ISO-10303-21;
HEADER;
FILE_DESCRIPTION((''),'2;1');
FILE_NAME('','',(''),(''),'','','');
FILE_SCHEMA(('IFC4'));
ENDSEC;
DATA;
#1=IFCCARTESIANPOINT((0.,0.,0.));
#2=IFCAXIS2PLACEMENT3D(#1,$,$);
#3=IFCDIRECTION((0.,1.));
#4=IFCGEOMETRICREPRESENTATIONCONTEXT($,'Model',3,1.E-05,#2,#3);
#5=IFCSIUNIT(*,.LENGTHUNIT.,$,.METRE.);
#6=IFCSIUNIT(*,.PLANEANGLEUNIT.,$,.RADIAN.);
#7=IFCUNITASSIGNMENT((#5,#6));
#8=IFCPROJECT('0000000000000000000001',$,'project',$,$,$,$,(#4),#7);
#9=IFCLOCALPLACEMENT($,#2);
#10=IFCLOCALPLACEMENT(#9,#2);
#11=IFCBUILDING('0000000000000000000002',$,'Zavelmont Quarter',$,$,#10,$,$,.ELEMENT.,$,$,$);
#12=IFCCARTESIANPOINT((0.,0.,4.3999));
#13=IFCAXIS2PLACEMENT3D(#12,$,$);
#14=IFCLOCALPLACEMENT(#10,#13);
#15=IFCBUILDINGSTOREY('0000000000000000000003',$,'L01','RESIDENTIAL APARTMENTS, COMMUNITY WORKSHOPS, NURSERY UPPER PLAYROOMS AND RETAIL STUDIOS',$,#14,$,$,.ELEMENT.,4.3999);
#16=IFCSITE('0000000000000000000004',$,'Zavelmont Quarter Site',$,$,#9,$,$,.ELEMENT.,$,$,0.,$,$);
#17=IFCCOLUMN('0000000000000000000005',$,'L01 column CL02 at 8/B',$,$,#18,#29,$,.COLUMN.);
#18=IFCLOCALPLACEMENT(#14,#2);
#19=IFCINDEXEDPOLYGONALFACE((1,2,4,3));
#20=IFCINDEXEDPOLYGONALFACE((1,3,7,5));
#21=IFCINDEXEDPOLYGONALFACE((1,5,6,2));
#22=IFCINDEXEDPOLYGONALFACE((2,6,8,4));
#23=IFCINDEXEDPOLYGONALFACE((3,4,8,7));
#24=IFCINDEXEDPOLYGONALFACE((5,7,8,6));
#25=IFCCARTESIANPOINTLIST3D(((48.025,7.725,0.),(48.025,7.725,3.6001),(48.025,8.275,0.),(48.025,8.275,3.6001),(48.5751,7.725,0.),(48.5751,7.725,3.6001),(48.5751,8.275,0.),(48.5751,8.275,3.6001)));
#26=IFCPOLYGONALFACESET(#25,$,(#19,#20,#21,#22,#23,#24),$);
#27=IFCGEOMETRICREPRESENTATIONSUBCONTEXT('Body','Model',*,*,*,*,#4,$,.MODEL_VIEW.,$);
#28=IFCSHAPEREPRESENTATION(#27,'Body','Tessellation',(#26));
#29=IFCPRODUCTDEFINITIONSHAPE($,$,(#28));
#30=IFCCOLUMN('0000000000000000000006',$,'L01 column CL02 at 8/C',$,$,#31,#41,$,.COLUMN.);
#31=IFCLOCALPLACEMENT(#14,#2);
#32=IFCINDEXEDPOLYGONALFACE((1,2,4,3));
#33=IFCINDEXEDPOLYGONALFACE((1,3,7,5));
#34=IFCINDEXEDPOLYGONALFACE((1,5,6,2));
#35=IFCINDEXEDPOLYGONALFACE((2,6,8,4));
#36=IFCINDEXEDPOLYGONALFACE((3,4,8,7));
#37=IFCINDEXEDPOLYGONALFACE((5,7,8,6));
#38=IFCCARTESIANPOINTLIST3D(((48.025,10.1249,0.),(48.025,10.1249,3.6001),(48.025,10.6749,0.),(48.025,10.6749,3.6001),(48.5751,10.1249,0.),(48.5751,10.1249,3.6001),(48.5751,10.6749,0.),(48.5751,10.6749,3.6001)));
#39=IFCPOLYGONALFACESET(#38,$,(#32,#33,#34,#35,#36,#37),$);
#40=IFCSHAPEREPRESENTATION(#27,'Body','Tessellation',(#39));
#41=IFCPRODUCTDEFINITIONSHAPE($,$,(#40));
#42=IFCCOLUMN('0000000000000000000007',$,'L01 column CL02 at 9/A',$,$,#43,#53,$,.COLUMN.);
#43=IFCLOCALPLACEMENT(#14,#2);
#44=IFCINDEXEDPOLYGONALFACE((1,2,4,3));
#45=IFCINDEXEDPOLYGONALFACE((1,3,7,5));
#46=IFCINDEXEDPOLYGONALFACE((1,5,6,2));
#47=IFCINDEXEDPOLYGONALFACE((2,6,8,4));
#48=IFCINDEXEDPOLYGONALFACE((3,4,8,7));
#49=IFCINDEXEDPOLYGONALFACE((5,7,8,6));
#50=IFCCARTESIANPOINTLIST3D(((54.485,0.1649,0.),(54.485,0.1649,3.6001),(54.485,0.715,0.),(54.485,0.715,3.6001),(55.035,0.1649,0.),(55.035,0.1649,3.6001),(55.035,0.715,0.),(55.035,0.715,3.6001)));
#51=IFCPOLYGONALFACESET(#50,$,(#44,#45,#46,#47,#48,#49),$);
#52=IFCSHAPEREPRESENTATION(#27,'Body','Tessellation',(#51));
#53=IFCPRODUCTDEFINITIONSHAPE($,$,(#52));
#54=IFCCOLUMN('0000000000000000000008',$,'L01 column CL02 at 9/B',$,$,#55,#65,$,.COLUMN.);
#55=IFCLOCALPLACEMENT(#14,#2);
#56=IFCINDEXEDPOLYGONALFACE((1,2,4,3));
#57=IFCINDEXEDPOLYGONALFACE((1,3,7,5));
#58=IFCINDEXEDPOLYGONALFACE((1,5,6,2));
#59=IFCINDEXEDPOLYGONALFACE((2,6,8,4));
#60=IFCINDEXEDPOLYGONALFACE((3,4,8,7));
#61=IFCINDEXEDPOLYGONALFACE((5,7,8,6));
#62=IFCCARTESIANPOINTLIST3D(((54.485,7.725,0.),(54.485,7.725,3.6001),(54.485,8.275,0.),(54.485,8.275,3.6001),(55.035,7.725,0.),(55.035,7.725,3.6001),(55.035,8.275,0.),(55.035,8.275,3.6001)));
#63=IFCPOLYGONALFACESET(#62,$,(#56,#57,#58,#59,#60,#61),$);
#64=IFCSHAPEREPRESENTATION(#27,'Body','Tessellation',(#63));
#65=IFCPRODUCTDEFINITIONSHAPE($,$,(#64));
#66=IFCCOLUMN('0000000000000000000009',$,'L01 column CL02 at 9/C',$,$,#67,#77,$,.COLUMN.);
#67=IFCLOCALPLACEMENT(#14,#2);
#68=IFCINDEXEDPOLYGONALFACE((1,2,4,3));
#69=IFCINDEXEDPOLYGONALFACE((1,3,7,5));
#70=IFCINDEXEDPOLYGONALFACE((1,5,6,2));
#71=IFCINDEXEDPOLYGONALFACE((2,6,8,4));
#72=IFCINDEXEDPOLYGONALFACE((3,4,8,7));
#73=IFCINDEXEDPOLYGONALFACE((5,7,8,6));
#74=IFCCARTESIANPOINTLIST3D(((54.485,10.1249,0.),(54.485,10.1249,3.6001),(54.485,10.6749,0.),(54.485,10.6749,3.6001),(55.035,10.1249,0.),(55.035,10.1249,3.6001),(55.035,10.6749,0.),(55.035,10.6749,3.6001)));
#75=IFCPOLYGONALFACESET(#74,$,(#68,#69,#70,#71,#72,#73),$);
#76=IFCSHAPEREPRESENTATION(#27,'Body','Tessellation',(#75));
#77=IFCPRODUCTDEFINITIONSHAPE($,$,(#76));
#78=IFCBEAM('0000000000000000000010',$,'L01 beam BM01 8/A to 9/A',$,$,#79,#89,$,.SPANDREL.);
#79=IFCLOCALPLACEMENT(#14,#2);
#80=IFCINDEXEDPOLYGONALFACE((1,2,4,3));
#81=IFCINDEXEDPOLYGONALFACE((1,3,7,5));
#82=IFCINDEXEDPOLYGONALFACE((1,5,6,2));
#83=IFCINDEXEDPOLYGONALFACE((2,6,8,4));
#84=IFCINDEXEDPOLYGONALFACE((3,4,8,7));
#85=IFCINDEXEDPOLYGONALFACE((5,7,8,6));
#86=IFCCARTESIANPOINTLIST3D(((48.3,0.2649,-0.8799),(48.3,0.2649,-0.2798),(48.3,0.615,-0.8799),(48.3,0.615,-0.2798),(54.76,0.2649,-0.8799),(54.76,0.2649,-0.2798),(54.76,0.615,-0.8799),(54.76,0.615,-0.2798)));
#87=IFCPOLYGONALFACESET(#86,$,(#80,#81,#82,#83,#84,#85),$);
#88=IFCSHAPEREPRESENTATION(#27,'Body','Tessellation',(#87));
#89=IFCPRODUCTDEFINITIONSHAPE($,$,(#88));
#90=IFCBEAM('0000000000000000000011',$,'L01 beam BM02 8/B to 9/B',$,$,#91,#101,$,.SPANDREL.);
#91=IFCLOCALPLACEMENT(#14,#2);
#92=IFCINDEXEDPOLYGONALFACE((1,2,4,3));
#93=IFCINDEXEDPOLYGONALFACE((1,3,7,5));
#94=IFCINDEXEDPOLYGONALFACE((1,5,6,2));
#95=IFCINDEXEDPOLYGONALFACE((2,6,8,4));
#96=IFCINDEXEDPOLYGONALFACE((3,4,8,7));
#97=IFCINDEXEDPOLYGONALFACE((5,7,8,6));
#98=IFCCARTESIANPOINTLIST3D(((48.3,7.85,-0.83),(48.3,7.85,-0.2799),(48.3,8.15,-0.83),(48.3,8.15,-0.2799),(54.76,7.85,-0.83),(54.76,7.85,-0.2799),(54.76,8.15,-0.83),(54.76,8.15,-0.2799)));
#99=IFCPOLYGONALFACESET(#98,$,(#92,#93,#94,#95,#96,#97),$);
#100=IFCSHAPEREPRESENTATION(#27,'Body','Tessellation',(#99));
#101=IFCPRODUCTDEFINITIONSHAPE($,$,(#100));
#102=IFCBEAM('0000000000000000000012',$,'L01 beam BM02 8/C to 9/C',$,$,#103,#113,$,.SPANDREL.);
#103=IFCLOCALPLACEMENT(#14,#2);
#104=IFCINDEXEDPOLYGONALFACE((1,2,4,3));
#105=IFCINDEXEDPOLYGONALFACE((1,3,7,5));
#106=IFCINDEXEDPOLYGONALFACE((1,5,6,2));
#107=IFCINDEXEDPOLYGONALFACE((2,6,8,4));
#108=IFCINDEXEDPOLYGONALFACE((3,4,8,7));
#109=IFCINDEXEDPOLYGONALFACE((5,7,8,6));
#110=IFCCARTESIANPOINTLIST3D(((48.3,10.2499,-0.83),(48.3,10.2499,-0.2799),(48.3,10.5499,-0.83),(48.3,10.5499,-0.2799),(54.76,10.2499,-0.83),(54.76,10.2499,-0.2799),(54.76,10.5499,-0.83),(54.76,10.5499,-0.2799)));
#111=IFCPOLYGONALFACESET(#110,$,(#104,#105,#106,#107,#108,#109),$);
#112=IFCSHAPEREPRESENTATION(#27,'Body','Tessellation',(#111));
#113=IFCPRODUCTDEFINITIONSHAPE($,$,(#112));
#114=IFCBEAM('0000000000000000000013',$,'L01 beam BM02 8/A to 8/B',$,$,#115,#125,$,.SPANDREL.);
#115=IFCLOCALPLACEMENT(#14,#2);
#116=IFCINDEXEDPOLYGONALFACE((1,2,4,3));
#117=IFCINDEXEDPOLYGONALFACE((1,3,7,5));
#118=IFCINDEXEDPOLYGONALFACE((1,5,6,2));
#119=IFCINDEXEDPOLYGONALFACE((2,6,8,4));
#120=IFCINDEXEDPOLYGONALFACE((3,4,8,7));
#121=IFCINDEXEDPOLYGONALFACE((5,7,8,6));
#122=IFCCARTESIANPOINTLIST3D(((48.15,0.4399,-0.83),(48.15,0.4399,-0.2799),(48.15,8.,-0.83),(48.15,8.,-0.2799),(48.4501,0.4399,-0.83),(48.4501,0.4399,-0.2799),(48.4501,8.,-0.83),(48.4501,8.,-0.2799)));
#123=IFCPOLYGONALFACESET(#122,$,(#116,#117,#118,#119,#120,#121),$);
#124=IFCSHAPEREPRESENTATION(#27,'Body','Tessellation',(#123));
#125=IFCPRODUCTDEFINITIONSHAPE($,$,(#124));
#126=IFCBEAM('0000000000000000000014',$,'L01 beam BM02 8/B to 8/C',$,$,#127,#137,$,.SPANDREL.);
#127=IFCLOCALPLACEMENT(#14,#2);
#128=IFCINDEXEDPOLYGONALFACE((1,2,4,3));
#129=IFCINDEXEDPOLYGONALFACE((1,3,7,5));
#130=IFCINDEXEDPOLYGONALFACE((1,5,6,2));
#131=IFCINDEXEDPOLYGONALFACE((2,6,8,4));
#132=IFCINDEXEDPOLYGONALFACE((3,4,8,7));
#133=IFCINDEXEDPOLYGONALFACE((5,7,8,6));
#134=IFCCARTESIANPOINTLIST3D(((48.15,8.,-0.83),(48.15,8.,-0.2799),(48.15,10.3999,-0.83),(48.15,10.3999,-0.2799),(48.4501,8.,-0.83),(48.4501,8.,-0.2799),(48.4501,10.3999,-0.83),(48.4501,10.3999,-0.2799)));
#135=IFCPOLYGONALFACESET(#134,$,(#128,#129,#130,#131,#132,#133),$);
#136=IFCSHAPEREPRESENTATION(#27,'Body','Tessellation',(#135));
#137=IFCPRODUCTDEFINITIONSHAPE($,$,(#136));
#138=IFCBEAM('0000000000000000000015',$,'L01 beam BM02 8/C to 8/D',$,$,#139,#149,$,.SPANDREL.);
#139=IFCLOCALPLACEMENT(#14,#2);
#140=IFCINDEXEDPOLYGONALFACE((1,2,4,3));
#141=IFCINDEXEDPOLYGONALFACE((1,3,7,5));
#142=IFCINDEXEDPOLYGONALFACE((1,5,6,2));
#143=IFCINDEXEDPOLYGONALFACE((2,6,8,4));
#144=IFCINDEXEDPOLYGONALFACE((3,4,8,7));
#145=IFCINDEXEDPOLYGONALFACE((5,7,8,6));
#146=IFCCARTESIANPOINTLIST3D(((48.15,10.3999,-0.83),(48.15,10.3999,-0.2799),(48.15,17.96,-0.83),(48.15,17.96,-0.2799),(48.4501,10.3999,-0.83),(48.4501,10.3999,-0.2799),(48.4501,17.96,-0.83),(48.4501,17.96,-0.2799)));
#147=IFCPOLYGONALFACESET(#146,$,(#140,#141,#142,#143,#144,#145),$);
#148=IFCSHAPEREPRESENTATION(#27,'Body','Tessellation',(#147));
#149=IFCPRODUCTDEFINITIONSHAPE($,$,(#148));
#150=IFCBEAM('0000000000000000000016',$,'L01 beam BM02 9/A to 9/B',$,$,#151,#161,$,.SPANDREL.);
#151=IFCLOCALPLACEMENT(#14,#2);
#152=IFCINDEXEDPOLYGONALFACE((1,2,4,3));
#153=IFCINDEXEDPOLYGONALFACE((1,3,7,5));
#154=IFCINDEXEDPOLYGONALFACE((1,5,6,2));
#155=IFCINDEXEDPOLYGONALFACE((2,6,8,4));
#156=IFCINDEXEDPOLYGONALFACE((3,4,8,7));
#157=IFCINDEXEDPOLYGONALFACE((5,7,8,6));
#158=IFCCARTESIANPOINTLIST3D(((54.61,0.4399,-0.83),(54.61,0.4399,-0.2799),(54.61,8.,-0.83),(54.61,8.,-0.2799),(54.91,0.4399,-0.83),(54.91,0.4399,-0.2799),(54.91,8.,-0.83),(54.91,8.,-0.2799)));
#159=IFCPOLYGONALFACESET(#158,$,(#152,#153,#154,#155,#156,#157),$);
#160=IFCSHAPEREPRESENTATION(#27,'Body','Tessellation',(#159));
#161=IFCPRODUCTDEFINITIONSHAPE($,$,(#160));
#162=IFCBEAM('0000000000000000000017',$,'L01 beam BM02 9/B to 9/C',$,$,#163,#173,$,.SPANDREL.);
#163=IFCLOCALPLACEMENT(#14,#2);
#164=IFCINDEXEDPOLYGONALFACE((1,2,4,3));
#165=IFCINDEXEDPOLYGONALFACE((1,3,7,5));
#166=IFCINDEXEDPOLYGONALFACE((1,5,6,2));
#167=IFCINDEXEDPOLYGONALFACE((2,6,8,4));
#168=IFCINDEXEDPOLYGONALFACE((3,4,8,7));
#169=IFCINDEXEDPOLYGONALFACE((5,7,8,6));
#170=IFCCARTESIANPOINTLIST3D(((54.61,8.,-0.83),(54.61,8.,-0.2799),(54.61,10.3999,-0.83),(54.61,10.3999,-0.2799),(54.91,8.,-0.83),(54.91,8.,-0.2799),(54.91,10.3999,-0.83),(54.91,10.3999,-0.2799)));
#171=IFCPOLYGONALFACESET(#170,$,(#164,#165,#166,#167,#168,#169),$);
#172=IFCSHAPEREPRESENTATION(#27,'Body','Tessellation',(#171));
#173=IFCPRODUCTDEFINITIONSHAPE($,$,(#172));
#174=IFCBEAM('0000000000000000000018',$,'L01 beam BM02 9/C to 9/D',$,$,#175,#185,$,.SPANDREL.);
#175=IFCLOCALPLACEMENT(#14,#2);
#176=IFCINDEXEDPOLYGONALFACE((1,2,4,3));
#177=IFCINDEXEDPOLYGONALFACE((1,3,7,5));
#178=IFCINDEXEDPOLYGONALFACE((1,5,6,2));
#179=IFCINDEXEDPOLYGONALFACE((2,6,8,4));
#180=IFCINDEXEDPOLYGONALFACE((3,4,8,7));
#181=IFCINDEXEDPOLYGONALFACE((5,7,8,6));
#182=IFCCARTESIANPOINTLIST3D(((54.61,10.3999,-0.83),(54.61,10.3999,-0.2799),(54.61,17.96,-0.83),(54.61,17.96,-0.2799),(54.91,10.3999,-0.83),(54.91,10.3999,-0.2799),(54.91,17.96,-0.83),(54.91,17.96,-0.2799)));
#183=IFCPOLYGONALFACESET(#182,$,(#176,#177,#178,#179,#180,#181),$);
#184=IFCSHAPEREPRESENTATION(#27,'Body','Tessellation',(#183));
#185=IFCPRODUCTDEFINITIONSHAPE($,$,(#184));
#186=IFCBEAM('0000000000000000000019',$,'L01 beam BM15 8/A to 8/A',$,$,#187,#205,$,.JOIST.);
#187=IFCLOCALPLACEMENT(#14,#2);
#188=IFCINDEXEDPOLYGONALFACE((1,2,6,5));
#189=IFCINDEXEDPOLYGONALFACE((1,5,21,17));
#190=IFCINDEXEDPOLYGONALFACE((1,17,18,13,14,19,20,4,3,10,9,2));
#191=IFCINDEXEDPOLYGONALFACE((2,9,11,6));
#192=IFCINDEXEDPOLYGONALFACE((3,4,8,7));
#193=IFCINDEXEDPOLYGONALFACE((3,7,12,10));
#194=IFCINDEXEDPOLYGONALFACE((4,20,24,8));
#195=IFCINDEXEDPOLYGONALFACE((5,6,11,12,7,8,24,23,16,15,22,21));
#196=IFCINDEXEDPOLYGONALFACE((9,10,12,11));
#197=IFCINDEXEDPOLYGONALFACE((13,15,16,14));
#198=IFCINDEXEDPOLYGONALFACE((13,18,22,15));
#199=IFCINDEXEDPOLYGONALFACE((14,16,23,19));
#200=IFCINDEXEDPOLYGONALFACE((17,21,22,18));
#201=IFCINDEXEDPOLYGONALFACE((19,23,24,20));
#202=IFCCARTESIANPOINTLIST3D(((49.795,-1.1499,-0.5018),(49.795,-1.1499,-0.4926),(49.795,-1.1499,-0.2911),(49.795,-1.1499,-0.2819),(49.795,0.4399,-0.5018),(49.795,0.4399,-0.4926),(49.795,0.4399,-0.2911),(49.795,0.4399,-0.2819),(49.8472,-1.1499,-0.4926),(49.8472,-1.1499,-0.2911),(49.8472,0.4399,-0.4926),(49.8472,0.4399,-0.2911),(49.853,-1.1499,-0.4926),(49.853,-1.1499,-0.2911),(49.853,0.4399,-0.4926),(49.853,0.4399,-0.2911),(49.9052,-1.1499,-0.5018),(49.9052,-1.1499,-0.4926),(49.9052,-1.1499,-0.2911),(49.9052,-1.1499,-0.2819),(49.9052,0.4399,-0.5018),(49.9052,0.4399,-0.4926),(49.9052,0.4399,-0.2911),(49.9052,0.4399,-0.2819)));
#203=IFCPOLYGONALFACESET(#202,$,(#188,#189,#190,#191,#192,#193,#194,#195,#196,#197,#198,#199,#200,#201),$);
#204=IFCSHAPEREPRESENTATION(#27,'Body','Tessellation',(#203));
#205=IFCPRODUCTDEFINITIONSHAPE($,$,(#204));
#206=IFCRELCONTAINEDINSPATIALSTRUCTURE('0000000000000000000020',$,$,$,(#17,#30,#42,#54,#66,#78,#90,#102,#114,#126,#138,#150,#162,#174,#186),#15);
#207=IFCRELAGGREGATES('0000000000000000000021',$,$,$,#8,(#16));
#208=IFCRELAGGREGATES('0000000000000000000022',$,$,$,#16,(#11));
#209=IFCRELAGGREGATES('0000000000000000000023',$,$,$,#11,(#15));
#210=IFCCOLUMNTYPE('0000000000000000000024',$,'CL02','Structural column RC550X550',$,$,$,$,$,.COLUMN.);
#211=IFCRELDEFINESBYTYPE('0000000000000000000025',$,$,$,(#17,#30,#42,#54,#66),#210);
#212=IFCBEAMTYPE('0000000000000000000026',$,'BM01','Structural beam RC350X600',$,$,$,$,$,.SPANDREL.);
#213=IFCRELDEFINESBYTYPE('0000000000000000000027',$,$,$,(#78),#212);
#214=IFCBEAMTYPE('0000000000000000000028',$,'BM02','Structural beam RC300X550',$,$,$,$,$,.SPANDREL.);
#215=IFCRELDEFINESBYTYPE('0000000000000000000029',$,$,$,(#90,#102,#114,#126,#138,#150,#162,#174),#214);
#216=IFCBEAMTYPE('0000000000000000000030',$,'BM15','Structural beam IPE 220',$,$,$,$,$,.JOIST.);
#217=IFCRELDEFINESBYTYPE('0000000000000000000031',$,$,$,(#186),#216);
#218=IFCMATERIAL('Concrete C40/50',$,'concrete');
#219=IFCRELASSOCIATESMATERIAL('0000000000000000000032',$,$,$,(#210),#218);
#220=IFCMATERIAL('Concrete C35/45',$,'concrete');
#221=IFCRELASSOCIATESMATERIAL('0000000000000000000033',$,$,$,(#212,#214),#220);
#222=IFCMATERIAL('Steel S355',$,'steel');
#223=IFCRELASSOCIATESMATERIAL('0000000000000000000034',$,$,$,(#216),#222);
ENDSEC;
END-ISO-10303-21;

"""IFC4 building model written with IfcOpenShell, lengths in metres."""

from ifc_helpers import new_model, si_unit, direction, frame, origin, origin_2d, place, context, subcontext, project, spatial, rectangle, i_section, extrude, material, material_profile, profile_set, type_object, element, save


model = new_model("IFC4")

# Units and contexts
model_context = context("Model", 3, precision=1e-05, world=origin(), true_north=direction((0.0, 1.0)))
body_context = subcontext(model_context, "Body", "Model", "MODEL_VIEW")
ifc_project = project(units=[si_unit("LENGTHUNIT", "METRE"), si_unit("PLANEANGLEUNIT", "RADIAN")], contexts=[model_context])

# Site, building, storey
site_placement = place(None, origin())
site = spatial("IfcSite", under=ifc_project, at=site_placement, Name="Zavelmont Quarter Site", CompositionType="ELEMENT", RefElevation=0.0)
building_placement = place(site_placement, origin())
building = spatial("IfcBuilding", under=site, at=building_placement, Name="Zavelmont Quarter", CompositionType="ELEMENT")
storey_placement = place(building_placement, frame((0.0, 0.0, 4.3999)))
storey = spatial("IfcBuildingStorey", under=building, at=storey_placement, Name="L01", Description="RESIDENTIAL APARTMENTS, COMMUNITY WORKSHOPS, NURSERY UPPER PLAYROOMS AND RETAIL STUDIOS", CompositionType="ELEMENT", Elevation=4.3999)

# Columns
ifc_material_1 = material(Name="Concrete C40/50", Category="concrete")
ifc_material_profile_1 = material_profile(ifc_material_1, rectangle(XDim=0.55, YDim=0.55, at=origin_2d()), Name="RC550X550")
ifc_profile_set_1 = profile_set([ifc_material_profile_1], Name="Concrete C40/50")
column_type = type_object("IfcColumnType", Name="CL02", Description="Structural column RC550X550", PredefinedType="COLUMN", material=ifc_profile_set_1)
for number, where, z_axis, x_axis, name in (
    (1, (48.3, 8.0, 0.0), (0.0, 0.0, 1.0), (1.0, 0.0, 0.0), "L01 column CL02 at 8/B"),
    (2, (48.3, 10.3999, 0.0), (0.0, 0.0, 1.0), (1.0, 0.0, 0.0), "L01 column CL02 at 8/C"),
    (3, (54.76, 0.4399, 0.0), (0.0, 0.0, 1.0), (1.0, 0.0, 0.0), "L01 column CL02 at 9/A"),
    (4, (54.76, 8.0, 0.0), (0.0, 0.0, 1.0), (1.0, 0.0, 0.0), "L01 column CL02 at 9/B"),
    (5, (54.76, 10.3999, 0.0), (0.0, 0.0, 1.0), (1.0, 0.0, 0.0), "L01 column CL02 at 9/C"),
):
    element("IfcColumn", number, at=place(storey_placement, frame(where, z_axis=z_axis, x_axis=x_axis)), inside=storey, type_object=column_type, Name=name, PredefinedType="COLUMN", context=body_context, shape_type="SweptSolid", body=[
        extrude(rectangle(XDim=0.55, YDim=0.55, at=origin_2d()), origin(), (0.0, 0.0, 1.0), 3.6001),
    ])

# Beams
ifc_material_2 = material(Name="Concrete C35/45", Category="concrete")
ifc_material_profile_2 = material_profile(ifc_material_2, rectangle(XDim=0.3501, YDim=0.6001, at=origin_2d()), Name="RC350X600")
ifc_profile_set_2 = profile_set([ifc_material_profile_2], Name="Concrete C35/45")
beam_type_1 = type_object("IfcBeamType", Name="BM01", Description="Structural beam RC350X600", PredefinedType="SPANDREL", material=ifc_profile_set_2)
beam_1_placement = place(storey_placement, frame((48.3, 0.4399, -0.5798), z_axis=(1.0, 0.0, 0.0), x_axis=(0.0, 1.0, 0.0)))
element("IfcBeam", 6, at=beam_1_placement, inside=storey, type_object=beam_type_1, Name="L01 beam BM01 8/A to 9/A", PredefinedType="SPANDREL", context=body_context, shape_type="SweptSolid", body=[
    extrude(rectangle(XDim=0.3501, YDim=0.6001, at=origin_2d()), origin(), (0.0, 0.0, 1.0), 6.46),
])
ifc_material_profile_3 = material_profile(ifc_material_2, rectangle(XDim=0.3, YDim=0.55, at=origin_2d()), Name="RC300X550")
ifc_profile_set_3 = profile_set([ifc_material_profile_3], Name="Concrete C35/45")
beam_type_2 = type_object("IfcBeamType", Name="BM02", Description="Structural beam RC300X550", PredefinedType="SPANDREL", material=ifc_profile_set_3)
for number, where, z_axis, x_axis, name in (
    (7, (48.3, 8.0, -0.5549), (1.0, 0.0, 0.0), (0.0, 1.0, 0.0), "L01 beam BM02 8/B to 9/B"),
    (8, (48.3, 10.3999, -0.5549), (1.0, 0.0, 0.0), (0.0, 1.0, 0.0), "L01 beam BM02 8/C to 9/C"),
):
    element("IfcBeam", number, at=place(storey_placement, frame(where, z_axis=z_axis, x_axis=x_axis)), inside=storey, type_object=beam_type_2, Name=name, PredefinedType="SPANDREL", context=body_context, shape_type="SweptSolid", body=[
        extrude(rectangle(XDim=0.3, YDim=0.55, at=origin_2d()), origin(), (0.0, 0.0, 1.0), 6.46),
    ])
beam_2_placement = place(storey_placement, frame((48.3, 0.4399, -0.5549), z_axis=(0.0, 1.0, 0.0), x_axis=(-1.0, 0.0, 0.0)))
element("IfcBeam", 9, at=beam_2_placement, inside=storey, type_object=beam_type_2, Name="L01 beam BM02 8/A to 8/B", PredefinedType="SPANDREL", context=body_context, shape_type="SweptSolid", body=[
    extrude(rectangle(XDim=0.3, YDim=0.55, at=origin_2d()), origin(), (0.0, 0.0, 1.0), 7.5601),
])
beam_3_placement = place(storey_placement, frame((48.3, 8.0, -0.5549), z_axis=(0.0, 1.0, 0.0), x_axis=(-1.0, 0.0, 0.0)))
element("IfcBeam", 10, at=beam_3_placement, inside=storey, type_object=beam_type_2, Name="L01 beam BM02 8/B to 8/C", PredefinedType="SPANDREL", context=body_context, shape_type="SweptSolid", body=[
    extrude(rectangle(XDim=0.3, YDim=0.55, at=origin_2d()), origin(), (0.0, 0.0, 1.0), 2.3999),
])
for number, where, z_axis, x_axis, name in (
    (11, (48.3, 10.3999, -0.5549), (0.0, 1.0, 0.0), (-1.0, 0.0, 0.0), "L01 beam BM02 8/C to 8/D"),
    (12, (54.76, 0.4399, -0.5549), (0.0, 1.0, 0.0), (-1.0, 0.0, 0.0), "L01 beam BM02 9/A to 9/B"),
):
    element("IfcBeam", number, at=place(storey_placement, frame(where, z_axis=z_axis, x_axis=x_axis)), inside=storey, type_object=beam_type_2, Name=name, PredefinedType="SPANDREL", context=body_context, shape_type="SweptSolid", body=[
        extrude(rectangle(XDim=0.3, YDim=0.55, at=origin_2d()), origin(), (0.0, 0.0, 1.0), 7.5601),
    ])
beam_4_placement = place(storey_placement, frame((54.76, 8.0, -0.5549), z_axis=(0.0, 1.0, 0.0), x_axis=(-1.0, 0.0, 0.0)))
element("IfcBeam", 13, at=beam_4_placement, inside=storey, type_object=beam_type_2, Name="L01 beam BM02 9/B to 9/C", PredefinedType="SPANDREL", context=body_context, shape_type="SweptSolid", body=[
    extrude(rectangle(XDim=0.3, YDim=0.55, at=origin_2d()), origin(), (0.0, 0.0, 1.0), 2.3999),
])
beam_5_placement = place(storey_placement, frame((54.76, 10.3999, -0.5549), z_axis=(0.0, 1.0, 0.0), x_axis=(-1.0, 0.0, 0.0)))
element("IfcBeam", 14, at=beam_5_placement, inside=storey, type_object=beam_type_2, Name="L01 beam BM02 9/C to 9/D", PredefinedType="SPANDREL", context=body_context, shape_type="SweptSolid", body=[
    extrude(rectangle(XDim=0.3, YDim=0.55, at=origin_2d()), origin(), (0.0, 0.0, 1.0), 7.5601),
])
ifc_material_3 = material(Name="Steel S355", Category="steel")
ifc_material_profile_4 = material_profile(ifc_material_3, i_section(OverallWidth=0.1101, OverallDepth=0.22, WebThickness=0.0059, FlangeThickness=0.0093, at=origin_2d()), Name="IPE 220")
ifc_profile_set_4 = profile_set([ifc_material_profile_4], Name="Steel S355")
beam_type_3 = type_object("IfcBeamType", Name="BM15", Description="Structural beam IPE 220", PredefinedType="JOIST", material=ifc_profile_set_4)
beam_6_placement = place(storey_placement, frame((49.8501, 0.4399, -0.3918), z_axis=(0.0, -1.0, 0.0), x_axis=(1.0, 0.0, 0.0)))
element("IfcBeam", 15, at=beam_6_placement, inside=storey, type_object=beam_type_3, Name="L01 beam BM15 8/A to 8/A", PredefinedType="JOIST", context=body_context, shape_type="SweptSolid", body=[
    extrude(i_section(OverallWidth=0.1101, OverallDepth=0.22, WebThickness=0.0059, FlangeThickness=0.0093, at=origin_2d()), origin(), (0.0, 0.0, 1.0), 1.5898),
])

save(model, "model.ifc")
